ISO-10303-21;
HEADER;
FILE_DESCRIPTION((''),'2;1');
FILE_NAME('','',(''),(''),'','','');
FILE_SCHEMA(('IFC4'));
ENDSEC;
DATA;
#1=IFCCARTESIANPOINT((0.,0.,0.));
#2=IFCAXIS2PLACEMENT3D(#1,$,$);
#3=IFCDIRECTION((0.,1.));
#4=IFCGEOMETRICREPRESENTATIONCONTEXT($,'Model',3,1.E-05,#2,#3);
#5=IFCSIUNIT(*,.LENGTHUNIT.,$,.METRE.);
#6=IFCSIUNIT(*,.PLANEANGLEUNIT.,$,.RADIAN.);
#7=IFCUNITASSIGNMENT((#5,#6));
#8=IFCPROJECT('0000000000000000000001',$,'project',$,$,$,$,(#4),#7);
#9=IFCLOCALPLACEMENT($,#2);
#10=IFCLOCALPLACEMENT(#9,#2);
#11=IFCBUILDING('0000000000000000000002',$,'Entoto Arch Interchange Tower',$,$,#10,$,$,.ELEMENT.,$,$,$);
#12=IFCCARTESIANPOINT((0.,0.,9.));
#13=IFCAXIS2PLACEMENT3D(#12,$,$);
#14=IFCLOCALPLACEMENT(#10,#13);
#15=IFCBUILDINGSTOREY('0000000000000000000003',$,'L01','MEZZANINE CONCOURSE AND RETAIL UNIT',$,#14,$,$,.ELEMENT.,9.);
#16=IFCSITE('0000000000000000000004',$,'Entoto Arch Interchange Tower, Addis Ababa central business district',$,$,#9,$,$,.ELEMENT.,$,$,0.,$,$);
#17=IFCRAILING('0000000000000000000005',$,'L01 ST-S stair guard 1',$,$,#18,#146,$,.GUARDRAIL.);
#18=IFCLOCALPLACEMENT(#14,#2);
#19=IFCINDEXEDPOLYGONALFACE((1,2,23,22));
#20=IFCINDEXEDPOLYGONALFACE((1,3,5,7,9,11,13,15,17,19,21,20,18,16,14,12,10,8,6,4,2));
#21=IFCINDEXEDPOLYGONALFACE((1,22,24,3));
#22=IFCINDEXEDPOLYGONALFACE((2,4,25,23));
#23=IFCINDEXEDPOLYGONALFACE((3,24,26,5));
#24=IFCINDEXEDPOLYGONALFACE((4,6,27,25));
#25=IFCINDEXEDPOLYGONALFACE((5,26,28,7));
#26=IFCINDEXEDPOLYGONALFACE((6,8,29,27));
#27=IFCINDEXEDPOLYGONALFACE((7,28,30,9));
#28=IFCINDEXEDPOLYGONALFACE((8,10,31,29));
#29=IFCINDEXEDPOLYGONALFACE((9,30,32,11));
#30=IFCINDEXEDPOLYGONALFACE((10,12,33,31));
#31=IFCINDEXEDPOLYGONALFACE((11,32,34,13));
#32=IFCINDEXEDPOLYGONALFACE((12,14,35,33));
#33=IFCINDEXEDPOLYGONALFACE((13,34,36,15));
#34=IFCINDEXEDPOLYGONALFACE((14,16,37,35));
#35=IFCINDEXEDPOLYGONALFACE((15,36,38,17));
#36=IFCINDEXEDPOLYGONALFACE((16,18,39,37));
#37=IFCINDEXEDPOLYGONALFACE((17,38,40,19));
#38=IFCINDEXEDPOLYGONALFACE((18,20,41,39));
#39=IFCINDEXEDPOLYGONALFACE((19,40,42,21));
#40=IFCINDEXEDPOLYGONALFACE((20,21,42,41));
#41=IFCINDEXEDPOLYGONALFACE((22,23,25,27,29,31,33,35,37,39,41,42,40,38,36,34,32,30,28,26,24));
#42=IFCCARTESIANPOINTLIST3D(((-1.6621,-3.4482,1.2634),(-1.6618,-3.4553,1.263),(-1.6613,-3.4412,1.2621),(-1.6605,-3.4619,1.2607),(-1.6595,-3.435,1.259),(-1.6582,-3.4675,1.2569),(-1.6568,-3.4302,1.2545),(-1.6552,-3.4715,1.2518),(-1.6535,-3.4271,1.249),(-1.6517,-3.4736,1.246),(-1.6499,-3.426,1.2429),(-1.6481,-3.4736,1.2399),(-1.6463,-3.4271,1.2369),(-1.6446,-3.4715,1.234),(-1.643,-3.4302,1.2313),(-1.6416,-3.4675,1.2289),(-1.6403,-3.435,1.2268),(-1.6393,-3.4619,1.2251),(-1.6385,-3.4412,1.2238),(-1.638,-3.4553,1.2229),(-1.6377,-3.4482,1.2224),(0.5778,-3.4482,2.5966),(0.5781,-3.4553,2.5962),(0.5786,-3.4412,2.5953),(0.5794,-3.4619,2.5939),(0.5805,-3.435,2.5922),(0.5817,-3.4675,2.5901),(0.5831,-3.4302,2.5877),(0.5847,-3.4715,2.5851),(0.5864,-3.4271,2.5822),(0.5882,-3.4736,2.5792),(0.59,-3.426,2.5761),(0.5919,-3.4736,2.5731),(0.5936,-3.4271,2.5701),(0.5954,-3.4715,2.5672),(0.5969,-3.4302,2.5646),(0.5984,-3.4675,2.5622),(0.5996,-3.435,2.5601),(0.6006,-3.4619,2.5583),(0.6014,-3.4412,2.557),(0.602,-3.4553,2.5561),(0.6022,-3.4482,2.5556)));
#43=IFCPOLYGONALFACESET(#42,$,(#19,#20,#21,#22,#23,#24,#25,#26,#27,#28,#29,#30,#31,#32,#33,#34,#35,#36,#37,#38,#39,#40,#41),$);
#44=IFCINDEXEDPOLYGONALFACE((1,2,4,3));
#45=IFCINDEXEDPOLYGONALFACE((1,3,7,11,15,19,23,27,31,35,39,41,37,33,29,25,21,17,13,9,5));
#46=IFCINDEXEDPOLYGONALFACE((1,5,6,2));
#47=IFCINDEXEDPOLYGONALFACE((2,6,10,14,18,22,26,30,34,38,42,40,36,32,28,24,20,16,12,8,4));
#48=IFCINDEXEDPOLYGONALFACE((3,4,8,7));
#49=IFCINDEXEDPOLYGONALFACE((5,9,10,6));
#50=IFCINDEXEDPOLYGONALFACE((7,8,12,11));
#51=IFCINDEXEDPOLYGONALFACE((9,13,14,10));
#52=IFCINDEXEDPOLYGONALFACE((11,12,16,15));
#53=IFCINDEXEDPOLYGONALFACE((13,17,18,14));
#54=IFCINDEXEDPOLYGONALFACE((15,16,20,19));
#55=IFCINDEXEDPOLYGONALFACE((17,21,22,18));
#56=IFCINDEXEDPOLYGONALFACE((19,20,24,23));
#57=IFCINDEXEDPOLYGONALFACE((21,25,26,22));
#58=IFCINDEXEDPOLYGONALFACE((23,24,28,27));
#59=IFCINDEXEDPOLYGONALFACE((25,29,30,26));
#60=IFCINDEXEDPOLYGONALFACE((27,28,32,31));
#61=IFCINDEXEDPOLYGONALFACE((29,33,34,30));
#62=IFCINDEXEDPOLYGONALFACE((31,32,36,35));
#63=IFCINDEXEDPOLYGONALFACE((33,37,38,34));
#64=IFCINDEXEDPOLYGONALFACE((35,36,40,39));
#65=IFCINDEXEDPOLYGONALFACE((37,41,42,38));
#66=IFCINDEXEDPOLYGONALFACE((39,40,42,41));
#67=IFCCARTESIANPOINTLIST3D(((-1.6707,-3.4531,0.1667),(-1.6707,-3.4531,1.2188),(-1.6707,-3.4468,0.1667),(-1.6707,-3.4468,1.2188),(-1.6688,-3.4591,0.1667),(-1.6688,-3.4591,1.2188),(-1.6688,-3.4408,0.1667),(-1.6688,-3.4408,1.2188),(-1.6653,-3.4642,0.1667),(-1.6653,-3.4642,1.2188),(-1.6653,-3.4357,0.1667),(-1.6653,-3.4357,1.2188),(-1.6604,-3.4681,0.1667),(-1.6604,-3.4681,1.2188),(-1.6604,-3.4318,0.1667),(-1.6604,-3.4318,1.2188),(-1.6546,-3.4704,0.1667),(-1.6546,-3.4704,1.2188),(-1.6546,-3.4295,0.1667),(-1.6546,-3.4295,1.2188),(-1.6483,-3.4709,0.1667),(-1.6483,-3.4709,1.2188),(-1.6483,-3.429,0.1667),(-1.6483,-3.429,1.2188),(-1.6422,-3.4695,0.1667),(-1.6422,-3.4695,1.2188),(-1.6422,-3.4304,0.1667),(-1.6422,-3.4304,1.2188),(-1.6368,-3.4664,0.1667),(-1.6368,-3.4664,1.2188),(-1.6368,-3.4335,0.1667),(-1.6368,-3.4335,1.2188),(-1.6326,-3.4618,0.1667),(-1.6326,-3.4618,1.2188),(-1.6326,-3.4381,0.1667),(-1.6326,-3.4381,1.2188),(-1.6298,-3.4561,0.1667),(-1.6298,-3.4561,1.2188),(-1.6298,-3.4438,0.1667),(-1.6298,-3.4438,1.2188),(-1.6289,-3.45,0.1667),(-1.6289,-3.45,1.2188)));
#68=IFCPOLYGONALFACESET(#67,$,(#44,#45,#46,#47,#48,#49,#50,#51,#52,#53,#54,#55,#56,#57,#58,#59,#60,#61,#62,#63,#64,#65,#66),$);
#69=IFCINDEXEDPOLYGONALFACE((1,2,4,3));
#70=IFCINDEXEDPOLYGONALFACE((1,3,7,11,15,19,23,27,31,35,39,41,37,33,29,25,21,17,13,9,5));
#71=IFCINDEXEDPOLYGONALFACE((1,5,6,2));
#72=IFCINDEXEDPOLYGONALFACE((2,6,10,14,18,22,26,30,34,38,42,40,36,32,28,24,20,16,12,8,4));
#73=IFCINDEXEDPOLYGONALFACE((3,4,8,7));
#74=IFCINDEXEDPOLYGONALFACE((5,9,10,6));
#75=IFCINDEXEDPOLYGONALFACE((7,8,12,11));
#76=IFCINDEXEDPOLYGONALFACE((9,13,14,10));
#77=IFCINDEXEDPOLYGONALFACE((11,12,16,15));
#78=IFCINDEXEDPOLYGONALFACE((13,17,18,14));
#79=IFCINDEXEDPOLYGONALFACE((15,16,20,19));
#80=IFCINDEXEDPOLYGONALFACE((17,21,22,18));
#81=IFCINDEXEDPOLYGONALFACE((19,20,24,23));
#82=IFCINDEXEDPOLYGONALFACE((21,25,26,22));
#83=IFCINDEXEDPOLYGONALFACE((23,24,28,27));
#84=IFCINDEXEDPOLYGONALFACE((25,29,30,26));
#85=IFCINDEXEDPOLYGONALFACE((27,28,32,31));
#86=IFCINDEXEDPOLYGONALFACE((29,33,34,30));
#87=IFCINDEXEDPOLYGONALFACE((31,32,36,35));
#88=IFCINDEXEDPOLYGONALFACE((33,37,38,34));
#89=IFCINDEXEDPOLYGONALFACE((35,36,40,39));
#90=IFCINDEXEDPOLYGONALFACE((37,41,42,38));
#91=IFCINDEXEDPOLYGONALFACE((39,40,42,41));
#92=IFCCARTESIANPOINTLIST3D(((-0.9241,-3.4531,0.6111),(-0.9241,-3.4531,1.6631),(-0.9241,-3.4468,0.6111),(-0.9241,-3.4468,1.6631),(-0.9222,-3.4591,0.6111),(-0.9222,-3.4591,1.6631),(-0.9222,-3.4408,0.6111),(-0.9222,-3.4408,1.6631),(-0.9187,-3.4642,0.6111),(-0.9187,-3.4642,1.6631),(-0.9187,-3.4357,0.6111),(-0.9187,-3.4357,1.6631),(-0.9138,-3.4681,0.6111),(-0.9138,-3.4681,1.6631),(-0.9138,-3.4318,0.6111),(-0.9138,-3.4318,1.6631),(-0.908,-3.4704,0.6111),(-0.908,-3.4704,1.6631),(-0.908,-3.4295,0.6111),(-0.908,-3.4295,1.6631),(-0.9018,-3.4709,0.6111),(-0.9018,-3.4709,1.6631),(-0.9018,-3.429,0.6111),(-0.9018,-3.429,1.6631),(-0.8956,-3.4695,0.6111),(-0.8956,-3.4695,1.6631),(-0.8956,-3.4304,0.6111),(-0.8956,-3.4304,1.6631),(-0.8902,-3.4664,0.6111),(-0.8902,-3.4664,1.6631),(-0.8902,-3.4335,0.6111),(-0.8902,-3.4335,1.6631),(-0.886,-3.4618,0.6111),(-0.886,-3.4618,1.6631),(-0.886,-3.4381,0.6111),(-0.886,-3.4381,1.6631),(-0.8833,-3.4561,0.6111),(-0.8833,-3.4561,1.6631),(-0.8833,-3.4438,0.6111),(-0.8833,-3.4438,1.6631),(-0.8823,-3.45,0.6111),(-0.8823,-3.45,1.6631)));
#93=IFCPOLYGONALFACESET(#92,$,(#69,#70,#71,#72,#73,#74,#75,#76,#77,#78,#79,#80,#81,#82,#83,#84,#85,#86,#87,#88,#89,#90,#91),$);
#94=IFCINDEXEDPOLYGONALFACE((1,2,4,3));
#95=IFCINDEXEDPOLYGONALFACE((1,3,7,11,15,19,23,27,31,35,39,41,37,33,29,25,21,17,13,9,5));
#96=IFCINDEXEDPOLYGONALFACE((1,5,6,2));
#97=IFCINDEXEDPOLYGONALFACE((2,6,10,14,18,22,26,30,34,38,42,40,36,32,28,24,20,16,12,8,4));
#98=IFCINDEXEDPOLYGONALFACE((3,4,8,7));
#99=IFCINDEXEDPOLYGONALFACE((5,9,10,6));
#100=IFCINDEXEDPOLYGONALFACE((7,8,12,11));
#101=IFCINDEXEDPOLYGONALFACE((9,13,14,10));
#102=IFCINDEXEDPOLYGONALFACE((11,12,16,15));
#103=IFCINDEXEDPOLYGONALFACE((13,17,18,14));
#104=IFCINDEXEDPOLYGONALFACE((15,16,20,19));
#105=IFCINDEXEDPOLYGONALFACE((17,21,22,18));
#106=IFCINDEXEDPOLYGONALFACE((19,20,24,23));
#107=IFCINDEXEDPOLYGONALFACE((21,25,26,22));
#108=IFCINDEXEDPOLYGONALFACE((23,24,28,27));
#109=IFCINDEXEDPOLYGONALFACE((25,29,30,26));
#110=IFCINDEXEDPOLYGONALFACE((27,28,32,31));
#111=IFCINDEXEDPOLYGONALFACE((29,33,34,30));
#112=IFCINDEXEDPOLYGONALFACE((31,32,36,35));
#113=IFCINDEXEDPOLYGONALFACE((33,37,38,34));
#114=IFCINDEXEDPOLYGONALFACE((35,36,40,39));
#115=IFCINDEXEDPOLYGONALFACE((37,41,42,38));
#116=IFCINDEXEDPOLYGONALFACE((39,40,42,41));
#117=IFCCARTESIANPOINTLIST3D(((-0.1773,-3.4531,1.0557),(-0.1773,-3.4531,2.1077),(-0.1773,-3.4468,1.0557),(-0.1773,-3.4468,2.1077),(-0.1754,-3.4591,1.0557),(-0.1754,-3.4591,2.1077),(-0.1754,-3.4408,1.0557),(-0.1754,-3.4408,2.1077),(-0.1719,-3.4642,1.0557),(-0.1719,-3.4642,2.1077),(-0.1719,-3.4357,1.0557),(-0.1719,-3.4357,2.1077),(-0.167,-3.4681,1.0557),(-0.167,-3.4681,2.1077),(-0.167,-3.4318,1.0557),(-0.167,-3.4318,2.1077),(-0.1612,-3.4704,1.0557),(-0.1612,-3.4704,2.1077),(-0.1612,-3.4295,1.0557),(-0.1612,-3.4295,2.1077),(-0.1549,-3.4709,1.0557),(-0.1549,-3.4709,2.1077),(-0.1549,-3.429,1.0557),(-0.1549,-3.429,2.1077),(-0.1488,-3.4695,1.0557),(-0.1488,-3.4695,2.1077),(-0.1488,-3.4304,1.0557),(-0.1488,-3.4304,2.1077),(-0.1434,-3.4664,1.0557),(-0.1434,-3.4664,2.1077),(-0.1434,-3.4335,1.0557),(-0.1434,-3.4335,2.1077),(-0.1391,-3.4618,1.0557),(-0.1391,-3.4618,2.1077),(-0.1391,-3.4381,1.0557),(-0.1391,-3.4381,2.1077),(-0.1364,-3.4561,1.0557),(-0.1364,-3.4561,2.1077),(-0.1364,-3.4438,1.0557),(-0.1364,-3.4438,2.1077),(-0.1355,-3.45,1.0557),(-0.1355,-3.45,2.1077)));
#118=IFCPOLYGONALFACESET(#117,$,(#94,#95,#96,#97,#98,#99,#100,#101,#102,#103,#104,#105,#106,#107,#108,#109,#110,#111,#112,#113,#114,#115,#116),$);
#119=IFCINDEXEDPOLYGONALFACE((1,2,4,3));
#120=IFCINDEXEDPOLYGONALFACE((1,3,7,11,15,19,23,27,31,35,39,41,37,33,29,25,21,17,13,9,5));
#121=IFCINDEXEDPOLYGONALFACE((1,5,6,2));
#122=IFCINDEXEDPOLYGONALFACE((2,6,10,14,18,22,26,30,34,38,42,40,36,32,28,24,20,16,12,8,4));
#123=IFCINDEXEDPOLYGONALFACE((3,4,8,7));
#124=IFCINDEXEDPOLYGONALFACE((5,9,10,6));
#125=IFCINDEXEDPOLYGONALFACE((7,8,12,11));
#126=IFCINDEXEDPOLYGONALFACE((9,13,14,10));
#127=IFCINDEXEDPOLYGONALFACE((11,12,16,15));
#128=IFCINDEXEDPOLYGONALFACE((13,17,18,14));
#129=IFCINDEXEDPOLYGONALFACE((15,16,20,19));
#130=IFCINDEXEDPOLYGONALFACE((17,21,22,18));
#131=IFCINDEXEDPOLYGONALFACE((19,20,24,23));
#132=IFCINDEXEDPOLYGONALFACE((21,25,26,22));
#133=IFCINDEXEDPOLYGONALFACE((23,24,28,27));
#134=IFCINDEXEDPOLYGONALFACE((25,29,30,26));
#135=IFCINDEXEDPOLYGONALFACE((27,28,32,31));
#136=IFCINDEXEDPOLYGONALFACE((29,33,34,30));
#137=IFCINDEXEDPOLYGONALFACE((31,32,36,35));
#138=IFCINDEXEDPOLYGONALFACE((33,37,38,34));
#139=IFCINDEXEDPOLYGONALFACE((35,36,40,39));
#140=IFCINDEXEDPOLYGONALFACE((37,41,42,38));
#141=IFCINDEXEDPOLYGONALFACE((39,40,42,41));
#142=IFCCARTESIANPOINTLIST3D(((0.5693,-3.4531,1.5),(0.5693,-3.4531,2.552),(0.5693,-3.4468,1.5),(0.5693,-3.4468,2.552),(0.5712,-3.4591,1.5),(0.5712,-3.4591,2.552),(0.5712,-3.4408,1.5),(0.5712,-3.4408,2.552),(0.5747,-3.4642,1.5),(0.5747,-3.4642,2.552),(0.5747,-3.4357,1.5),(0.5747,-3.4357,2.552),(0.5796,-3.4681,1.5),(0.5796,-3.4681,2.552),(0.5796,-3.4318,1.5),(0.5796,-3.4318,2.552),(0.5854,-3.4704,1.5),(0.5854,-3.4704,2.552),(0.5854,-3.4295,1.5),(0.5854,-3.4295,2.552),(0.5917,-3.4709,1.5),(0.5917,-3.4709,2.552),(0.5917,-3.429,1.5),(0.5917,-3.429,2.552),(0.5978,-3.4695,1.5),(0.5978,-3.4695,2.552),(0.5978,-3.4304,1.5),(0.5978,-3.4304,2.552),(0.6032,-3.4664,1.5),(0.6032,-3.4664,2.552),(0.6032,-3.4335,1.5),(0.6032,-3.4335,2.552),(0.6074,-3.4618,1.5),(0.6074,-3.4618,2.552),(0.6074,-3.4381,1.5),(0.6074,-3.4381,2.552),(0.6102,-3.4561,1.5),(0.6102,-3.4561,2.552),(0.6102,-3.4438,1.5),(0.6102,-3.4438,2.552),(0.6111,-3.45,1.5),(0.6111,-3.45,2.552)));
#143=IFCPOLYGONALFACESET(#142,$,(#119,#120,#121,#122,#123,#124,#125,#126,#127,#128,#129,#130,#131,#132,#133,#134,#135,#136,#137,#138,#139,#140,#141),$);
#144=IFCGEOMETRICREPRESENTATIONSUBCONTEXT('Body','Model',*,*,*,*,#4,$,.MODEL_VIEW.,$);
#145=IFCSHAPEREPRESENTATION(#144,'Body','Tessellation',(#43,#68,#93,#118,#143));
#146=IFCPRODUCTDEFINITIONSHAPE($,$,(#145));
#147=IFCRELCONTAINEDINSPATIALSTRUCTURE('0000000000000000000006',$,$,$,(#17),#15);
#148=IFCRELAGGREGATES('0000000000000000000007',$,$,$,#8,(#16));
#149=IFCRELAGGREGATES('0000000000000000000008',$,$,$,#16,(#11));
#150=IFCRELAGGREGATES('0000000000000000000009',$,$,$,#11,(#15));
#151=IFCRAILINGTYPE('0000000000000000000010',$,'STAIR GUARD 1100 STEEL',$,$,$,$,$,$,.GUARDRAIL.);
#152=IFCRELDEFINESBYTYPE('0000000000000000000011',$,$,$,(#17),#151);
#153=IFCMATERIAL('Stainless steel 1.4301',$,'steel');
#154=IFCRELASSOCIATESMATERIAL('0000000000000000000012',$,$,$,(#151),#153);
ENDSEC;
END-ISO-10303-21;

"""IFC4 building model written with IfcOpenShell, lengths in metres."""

from ifc_helpers import new_model, si_unit, direction, frame, origin, origin_2d, place, context, subcontext, project, spatial, circle, extrude, material, type_object, element, save


model = new_model("IFC4")

# Units and contexts
model_context = context("Model", 3, precision=1e-05, world=origin(), true_north=direction((0.0, 1.0)))
body_context = subcontext(model_context, "Body", "Model", "MODEL_VIEW")
ifc_project = project(units=[si_unit("LENGTHUNIT", "METRE"), si_unit("PLANEANGLEUNIT", "RADIAN")], contexts=[model_context])

# Site, building, storey
site_placement = place(None, origin())
site = spatial("IfcSite", under=ifc_project, at=site_placement, Name="Entoto Arch Interchange Tower, Addis Ababa central business district", CompositionType="ELEMENT", RefElevation=0.0)
building_placement = place(site_placement, origin())
building = spatial("IfcBuilding", under=site, at=building_placement, Name="Entoto Arch Interchange Tower", CompositionType="ELEMENT")
storey_placement = place(building_placement, frame((0.0, 0.0, 9.0)))
storey = spatial("IfcBuildingStorey", under=building, at=storey_placement, Name="L01", Description="MEZZANINE CONCOURSE AND RETAIL UNIT", CompositionType="ELEMENT", Elevation=9.0)

# Railing
ifc_material_1 = material(Name="Stainless steel 1.4301", Category="steel")
railing_type_1 = type_object("IfcRailingType", Name="STAIR GUARD 1100 STEEL", PredefinedType="GUARDRAIL", material=ifc_material_1)
railing_1_placement = place(storey_placement, frame((-1.6499, -3.45, 0.1667)))
element("IfcRailing", 1, at=railing_1_placement, inside=storey, type_object=railing_type_1, Name="L01 ST-S stair guard 1", PredefinedType="GUARDRAIL", context=body_context, shape_type="SweptSolid", body=[
    extrude(circle(Radius=0.0239, at=origin_2d()), frame((0.0, 0.0, 1.0762), z_axis=(0.859306, 0.0, 0.511462), x_axis=(0.0, 1.0, 0.0)), (0.0, 0.0, 1.0), 2.6067),
    extrude(circle(Radius=0.021, at=origin_2d()), origin(), (0.0, 0.0, 1.0), 1.052),
    extrude(circle(Radius=0.021, at=origin_2d()), frame((0.7466, 0.0, 0.4443)), (0.0, 0.0, 1.0), 1.052),
    extrude(circle(Radius=0.021, at=origin_2d()), frame((1.4934, 0.0, 0.8889)), (0.0, 0.0, 1.0), 1.052),
    extrude(circle(Radius=0.021, at=origin_2d()), frame((2.24, 0.0, 1.3333)), (0.0, 0.0, 1.0), 1.052),
])

save(model, "model.ifc")
